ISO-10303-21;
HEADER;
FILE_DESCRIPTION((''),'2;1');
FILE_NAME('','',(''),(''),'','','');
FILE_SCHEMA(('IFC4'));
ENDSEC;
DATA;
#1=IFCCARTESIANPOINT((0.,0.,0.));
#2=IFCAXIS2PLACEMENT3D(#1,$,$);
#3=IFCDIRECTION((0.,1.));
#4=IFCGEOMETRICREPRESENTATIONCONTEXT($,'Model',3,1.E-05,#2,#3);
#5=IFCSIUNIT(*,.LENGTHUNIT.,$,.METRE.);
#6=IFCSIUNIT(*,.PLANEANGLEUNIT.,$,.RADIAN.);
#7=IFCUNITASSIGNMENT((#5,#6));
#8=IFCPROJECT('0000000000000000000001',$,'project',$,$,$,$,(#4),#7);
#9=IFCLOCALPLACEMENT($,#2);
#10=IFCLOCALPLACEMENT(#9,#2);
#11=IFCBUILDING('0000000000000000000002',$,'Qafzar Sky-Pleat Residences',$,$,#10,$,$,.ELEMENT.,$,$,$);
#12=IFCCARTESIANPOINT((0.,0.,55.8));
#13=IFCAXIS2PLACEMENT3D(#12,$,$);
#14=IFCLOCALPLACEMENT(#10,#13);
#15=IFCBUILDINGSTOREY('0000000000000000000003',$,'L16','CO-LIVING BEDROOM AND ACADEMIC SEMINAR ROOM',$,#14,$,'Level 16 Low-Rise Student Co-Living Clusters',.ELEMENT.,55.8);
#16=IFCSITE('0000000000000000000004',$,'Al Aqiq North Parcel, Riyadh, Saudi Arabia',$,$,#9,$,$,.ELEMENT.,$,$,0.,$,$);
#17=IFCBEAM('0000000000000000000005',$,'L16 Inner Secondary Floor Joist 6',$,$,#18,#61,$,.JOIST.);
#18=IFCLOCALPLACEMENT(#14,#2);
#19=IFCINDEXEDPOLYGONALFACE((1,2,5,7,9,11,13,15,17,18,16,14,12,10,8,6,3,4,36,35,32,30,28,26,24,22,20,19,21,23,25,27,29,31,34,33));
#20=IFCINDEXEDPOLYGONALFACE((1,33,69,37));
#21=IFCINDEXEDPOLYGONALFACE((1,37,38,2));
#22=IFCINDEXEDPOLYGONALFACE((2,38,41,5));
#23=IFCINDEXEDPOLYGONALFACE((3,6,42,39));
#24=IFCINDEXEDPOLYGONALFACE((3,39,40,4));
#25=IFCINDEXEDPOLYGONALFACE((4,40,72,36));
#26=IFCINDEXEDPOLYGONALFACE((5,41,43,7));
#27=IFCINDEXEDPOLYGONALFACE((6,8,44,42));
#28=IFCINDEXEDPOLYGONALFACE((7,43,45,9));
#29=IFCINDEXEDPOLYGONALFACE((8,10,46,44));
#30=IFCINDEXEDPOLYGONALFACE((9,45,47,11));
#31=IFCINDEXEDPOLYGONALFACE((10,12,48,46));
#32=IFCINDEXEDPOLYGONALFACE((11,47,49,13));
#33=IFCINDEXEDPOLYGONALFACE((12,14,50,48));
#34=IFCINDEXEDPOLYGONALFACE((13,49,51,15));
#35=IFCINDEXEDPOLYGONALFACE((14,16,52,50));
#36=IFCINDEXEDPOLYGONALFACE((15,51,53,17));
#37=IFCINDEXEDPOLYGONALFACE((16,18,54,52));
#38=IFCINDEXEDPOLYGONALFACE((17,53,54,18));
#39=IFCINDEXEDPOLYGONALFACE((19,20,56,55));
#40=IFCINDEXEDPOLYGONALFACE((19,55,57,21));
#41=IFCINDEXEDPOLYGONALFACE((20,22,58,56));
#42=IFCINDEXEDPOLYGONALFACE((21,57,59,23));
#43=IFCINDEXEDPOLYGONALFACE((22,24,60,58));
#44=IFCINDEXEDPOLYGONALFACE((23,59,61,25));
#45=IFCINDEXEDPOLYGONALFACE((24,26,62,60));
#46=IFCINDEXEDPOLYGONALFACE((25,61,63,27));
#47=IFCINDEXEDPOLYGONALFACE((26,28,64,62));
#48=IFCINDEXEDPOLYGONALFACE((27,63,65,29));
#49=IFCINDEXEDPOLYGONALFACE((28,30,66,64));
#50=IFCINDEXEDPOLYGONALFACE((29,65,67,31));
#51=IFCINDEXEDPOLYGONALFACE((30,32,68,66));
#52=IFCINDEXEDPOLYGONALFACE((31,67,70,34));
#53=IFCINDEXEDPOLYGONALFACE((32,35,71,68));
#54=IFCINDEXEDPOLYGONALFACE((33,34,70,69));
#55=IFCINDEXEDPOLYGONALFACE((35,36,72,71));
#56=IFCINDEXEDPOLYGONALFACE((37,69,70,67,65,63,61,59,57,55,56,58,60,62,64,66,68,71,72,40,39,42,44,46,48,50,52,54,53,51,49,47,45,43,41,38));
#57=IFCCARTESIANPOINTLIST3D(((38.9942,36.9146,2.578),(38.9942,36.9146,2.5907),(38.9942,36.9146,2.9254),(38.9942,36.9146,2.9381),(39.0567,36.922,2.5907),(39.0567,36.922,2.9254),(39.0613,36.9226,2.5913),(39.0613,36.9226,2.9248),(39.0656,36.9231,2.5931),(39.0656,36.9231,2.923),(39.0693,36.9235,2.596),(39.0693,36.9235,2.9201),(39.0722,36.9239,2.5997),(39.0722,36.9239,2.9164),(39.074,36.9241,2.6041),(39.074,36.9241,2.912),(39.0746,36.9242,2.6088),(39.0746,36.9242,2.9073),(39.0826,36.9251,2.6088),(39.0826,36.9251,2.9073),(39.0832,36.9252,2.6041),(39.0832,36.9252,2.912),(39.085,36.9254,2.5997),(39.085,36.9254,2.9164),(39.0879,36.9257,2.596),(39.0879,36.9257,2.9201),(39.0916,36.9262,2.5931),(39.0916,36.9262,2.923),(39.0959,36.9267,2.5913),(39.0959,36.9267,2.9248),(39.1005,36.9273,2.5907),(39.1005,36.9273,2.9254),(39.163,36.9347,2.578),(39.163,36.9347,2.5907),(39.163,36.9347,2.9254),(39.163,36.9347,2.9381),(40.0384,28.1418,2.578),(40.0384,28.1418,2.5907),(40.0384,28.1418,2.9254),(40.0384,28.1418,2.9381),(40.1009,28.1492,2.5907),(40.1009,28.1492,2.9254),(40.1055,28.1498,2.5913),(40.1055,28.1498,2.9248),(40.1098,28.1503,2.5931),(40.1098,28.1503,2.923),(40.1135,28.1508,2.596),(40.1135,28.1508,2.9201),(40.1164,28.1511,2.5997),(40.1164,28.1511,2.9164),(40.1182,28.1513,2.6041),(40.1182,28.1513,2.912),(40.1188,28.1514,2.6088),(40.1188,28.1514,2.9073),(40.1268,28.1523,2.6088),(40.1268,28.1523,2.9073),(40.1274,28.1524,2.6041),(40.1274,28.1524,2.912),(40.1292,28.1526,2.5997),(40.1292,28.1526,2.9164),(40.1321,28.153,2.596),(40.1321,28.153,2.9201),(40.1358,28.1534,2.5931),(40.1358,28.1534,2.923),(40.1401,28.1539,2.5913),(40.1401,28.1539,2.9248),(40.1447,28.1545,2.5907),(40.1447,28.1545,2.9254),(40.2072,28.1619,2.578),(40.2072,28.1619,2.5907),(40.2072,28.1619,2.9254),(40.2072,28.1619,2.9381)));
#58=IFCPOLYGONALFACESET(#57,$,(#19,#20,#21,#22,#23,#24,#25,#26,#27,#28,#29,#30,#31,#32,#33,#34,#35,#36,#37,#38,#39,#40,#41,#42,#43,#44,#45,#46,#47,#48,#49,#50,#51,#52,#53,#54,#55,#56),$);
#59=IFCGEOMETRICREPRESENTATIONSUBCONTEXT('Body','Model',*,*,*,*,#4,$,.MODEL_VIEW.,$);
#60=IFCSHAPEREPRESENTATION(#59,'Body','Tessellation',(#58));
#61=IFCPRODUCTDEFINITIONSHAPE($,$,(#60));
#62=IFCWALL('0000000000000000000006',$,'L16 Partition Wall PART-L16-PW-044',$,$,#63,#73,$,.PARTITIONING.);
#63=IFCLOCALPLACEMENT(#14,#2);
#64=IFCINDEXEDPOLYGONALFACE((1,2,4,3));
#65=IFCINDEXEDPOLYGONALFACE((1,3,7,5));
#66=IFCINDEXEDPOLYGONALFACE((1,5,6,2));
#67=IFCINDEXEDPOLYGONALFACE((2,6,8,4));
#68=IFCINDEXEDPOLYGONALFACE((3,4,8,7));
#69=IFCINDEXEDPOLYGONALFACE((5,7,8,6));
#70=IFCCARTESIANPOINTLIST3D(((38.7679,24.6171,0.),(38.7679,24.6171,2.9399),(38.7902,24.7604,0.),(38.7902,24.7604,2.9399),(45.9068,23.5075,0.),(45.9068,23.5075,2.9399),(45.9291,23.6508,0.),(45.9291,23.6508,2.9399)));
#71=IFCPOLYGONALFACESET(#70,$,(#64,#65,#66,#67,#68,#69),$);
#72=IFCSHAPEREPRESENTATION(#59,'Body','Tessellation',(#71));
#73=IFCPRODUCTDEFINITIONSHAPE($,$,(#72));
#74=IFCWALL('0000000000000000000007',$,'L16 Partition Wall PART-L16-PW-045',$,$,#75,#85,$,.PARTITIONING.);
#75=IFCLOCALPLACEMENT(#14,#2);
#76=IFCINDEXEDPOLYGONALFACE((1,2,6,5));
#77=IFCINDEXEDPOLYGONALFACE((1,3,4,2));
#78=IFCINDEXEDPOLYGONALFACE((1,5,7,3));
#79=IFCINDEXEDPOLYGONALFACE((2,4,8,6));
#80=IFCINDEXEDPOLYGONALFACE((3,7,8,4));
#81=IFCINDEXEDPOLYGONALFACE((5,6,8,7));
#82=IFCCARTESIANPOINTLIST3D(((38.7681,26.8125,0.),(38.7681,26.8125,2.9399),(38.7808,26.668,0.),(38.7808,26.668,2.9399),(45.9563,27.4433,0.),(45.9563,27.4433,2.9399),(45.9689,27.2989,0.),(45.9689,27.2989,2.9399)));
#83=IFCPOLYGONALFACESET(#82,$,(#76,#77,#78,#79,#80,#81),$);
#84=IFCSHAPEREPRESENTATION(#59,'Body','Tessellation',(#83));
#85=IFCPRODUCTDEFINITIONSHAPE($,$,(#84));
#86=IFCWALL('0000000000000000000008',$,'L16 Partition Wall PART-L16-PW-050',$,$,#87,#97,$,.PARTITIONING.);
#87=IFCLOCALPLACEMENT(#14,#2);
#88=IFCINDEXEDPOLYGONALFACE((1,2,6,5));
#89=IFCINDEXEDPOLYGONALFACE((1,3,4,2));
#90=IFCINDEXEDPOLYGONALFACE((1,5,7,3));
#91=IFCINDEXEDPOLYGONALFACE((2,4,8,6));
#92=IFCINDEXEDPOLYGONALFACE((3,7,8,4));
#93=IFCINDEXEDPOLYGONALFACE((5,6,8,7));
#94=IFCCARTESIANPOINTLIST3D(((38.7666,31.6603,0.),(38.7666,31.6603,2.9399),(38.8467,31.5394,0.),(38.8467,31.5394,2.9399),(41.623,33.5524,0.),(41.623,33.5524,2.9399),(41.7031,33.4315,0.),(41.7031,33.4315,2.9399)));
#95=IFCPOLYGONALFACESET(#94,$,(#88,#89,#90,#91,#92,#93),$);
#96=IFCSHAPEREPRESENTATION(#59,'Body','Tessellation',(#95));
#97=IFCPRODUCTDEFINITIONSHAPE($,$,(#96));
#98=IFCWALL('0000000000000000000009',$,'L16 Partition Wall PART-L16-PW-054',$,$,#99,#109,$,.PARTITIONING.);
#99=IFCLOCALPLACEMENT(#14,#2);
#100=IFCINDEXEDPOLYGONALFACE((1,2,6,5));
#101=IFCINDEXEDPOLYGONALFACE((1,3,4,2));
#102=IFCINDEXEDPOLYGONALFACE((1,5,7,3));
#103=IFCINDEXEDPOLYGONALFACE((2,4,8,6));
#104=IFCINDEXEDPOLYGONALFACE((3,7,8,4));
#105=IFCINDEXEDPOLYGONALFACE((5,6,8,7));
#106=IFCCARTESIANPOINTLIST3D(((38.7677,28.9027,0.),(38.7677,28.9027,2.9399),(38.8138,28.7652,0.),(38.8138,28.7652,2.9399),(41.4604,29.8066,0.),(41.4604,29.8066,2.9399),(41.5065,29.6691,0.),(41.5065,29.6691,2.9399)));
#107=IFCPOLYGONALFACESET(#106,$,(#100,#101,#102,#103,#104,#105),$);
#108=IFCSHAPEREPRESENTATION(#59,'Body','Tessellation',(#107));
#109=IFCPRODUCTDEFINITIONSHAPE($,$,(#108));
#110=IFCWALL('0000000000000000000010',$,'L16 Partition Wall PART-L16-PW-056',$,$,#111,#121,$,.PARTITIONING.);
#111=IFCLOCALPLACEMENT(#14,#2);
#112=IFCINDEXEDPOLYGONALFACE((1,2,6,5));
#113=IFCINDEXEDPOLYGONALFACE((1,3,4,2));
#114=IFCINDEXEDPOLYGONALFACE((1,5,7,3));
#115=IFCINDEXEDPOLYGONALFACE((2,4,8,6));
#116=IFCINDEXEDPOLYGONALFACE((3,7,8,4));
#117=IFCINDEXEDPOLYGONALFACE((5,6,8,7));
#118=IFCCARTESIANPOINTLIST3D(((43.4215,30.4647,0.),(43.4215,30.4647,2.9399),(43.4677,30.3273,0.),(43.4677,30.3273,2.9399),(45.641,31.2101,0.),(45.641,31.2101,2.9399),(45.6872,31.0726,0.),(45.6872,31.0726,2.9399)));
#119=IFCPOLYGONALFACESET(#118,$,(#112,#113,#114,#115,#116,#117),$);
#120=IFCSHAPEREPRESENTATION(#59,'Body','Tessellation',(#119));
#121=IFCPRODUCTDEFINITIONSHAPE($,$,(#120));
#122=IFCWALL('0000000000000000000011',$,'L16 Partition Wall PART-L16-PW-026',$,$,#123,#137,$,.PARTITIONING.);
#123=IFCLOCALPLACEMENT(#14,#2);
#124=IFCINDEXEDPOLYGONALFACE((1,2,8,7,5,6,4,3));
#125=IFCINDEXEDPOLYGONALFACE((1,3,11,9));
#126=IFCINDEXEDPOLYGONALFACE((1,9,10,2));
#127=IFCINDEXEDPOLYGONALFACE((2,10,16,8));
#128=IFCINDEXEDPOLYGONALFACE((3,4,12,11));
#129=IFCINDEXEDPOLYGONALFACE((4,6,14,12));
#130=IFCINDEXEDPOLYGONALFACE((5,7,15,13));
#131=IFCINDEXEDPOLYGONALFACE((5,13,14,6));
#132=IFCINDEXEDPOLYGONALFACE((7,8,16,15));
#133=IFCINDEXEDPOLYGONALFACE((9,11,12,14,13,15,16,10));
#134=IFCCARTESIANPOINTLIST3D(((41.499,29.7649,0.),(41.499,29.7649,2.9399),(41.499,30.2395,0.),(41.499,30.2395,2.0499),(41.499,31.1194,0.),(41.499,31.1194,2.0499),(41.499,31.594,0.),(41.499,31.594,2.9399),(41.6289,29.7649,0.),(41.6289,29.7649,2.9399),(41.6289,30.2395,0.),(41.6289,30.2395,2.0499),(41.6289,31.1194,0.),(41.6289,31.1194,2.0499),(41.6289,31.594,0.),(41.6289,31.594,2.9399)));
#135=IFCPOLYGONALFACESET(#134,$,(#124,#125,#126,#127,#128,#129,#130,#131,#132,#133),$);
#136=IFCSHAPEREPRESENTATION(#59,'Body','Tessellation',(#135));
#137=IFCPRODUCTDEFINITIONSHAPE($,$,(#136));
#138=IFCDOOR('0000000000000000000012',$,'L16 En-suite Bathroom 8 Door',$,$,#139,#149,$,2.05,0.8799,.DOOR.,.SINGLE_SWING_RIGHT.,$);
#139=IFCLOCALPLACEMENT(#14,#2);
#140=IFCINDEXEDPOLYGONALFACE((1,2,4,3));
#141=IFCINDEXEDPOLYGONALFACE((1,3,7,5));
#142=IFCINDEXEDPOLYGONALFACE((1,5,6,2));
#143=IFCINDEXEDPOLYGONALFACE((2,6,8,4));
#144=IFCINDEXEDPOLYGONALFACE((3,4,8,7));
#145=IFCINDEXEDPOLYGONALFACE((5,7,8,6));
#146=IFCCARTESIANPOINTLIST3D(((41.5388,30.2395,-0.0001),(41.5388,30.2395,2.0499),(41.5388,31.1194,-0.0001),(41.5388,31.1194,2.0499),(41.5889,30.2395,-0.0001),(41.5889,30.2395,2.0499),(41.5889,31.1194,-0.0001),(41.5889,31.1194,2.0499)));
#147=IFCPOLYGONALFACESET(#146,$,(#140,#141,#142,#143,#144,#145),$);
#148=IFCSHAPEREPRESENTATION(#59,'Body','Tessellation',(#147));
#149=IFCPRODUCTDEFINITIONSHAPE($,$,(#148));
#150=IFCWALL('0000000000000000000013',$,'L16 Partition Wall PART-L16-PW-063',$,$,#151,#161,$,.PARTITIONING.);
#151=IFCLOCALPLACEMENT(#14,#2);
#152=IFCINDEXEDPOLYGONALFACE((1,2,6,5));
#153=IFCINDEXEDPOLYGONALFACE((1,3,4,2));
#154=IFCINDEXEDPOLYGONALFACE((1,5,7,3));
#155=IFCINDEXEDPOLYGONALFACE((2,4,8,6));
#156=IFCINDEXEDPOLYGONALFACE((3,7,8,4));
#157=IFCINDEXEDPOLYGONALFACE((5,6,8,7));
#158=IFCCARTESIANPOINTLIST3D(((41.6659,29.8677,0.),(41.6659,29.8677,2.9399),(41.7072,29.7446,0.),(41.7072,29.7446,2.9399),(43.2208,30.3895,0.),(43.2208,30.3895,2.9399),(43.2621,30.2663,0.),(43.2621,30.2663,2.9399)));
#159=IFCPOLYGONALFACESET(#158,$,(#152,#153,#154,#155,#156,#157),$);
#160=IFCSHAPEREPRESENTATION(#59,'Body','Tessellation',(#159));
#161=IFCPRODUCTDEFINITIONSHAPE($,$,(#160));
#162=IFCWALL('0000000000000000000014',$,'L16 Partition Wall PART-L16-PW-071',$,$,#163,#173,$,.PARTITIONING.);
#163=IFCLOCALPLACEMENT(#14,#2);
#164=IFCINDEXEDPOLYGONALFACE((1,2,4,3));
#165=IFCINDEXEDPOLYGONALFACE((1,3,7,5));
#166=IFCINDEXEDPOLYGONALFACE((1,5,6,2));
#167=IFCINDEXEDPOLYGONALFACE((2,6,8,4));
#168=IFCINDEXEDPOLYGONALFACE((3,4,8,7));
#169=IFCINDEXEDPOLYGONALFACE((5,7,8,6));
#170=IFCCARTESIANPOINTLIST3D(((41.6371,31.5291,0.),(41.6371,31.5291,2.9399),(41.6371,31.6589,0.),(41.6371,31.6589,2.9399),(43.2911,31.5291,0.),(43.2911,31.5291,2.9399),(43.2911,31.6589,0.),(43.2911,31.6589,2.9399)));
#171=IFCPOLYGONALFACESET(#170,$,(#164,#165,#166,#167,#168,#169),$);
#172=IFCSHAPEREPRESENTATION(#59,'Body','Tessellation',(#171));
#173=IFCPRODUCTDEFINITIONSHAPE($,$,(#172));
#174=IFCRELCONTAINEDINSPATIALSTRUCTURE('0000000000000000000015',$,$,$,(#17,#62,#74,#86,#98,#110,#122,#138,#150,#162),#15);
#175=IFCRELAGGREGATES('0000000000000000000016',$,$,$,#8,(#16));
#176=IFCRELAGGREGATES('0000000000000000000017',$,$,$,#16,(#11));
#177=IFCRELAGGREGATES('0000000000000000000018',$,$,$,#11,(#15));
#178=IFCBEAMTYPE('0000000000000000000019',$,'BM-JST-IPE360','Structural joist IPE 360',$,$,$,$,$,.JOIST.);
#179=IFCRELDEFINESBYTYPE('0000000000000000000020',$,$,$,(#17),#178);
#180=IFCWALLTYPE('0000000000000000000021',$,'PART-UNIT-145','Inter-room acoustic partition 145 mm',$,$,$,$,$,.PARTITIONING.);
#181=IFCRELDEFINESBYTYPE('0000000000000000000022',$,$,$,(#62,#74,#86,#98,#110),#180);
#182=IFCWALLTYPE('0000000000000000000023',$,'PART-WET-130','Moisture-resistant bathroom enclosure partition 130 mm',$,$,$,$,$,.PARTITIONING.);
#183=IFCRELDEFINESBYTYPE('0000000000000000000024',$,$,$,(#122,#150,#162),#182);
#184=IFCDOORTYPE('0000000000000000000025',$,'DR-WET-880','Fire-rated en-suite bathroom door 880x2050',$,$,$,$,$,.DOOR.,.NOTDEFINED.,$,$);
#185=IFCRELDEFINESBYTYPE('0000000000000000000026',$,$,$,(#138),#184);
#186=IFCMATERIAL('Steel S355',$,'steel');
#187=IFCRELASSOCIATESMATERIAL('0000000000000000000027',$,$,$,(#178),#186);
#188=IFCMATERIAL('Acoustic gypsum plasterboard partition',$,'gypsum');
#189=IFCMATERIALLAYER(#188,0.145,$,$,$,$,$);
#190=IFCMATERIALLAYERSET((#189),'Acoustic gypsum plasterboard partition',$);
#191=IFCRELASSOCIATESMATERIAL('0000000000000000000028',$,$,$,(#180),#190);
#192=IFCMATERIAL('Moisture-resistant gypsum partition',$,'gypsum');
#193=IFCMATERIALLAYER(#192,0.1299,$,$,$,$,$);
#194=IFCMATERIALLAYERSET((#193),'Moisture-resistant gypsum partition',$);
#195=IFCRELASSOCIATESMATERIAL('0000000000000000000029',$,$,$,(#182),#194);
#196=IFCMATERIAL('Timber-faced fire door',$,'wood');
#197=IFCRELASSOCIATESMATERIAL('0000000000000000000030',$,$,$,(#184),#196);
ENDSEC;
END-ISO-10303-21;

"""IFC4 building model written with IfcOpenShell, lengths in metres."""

from ifc_helpers import new_model, si_unit, direction, frame, frame_2d, origin, origin_2d, place, context, subcontext, project, spatial, rectangle, i_section, extrude, source, transform, mapped, material, layer, layer_set, material_profile, profile_set, type_object, element, fill, save


model = new_model("IFC4")

# Units and contexts
model_context = context("Model", 3, precision=1e-05, world=origin(), true_north=direction((0.0, 1.0)))
body_context = subcontext(model_context, "Body", "Model", "MODEL_VIEW")
ifc_project = project(units=[si_unit("LENGTHUNIT", "METRE"), si_unit("PLANEANGLEUNIT", "RADIAN")], contexts=[model_context])

# Site, building, storey
site_placement = place(None, origin())
site = spatial("IfcSite", under=ifc_project, at=site_placement, Name="Al Aqiq North Parcel, Riyadh, Saudi Arabia", CompositionType="ELEMENT", RefElevation=0.0)
building_placement = place(site_placement, origin())
building = spatial("IfcBuilding", under=site, at=building_placement, Name="Qafzar Sky-Pleat Residences", CompositionType="ELEMENT")
storey_placement = place(building_placement, frame((0.0, 0.0, 55.8)))
storey = spatial("IfcBuildingStorey", under=building, at=storey_placement, Name="L16", Description="CO-LIVING BEDROOM AND ACADEMIC SEMINAR ROOM", LongName="Level 16 Low-Rise Student Co-Living Clusters", CompositionType="ELEMENT", Elevation=55.8)

# Beam
ifc_material_1 = material(Name="Steel S355", Category="steel")
ifc_material_profile_1 = material_profile(ifc_material_1, i_section(OverallWidth=0.1699, OverallDepth=0.3601, WebThickness=0.0081, FlangeThickness=0.0127, FilletRadius=0.0181, at=origin_2d()), Name="IPE 360")
ifc_profile_set_1 = profile_set([ifc_material_profile_1], Name="Steel S355")
beam_type_1 = type_object("IfcBeamType", Name="BM-JST-IPE360", Description="Structural joist IPE 360", PredefinedType="JOIST", material=ifc_profile_set_1)
shared_shape_1 = source(origin(), body_context, "Body", "SweptSolid", [
    extrude(i_section(OverallWidth=0.1699, OverallDepth=0.3601, WebThickness=0.0081, FlangeThickness=0.0127, FilletRadius=0.0181, at=origin_2d()), origin(), (0.0, 0.0, 1.0), 8.8347),
])
beam_1_placement = place(storey_placement, frame((40.1228, 28.1519, 2.7581), z_axis=(-0.118193, 0.992991, 0.0), x_axis=(-0.992991, -0.118193, 0.0)))
element("IfcBeam", 1, at=beam_1_placement, inside=storey, type_object=beam_type_1, Name="L16 Inner Secondary Floor Joist 6", PredefinedType="JOIST", context=body_context, shape_type="MappedRepresentation", body=[
    mapped(shared_shape_1, transform((0.0, 0.0, 0.0), x_axis=(1.0, 0.0, 0.0), y_axis=(0.0, 1.0, 0.0), z_axis=(0.0, 0.0, 1.0), scale=1.0)),
])

# Walls
ifc_material_2 = material(Name="Acoustic gypsum plasterboard partition", Category="gypsum")
ifc_layer_1 = layer(ifc_material_2, 0.145)
ifc_layer_set_1 = layer_set([ifc_layer_1], Name="Acoustic gypsum plasterboard partition")
wall_type_1 = type_object("IfcWallType", Name="PART-UNIT-145", Description="Inter-room acoustic partition 145 mm", PredefinedType="PARTITIONING", material=ifc_layer_set_1)
wall_1_placement = place(storey_placement, frame((38.7791, 24.6887, 0.0), z_axis=(0.0, 0.0, 1.0), x_axis=(0.988135, -0.153588, 0.0)))
element("IfcWall", 2, at=wall_1_placement, inside=storey, type_object=wall_type_1, Name="L16 Partition Wall PART-L16-PW-044", PredefinedType="PARTITIONING", context=body_context, shape_type="SweptSolid", body=[
    extrude(rectangle(XDim=7.2246, YDim=0.145, at=frame_2d((3.6123, 0.0))), origin(), (0.0, 0.0, 1.0), 2.9399),
])
wall_2_placement = place(storey_placement, frame((38.7744, 26.7402, 0.0), z_axis=(0.0, 0.0, 1.0), x_axis=(0.996171, 0.087427, 0.0)))
element("IfcWall", 3, at=wall_2_placement, inside=storey, type_object=wall_type_1, Name="L16 Partition Wall PART-L16-PW-045", PredefinedType="PARTITIONING", context=body_context, shape_type="SweptSolid", body=[
    extrude(rectangle(XDim=7.2158, YDim=0.145, at=frame_2d((3.6079, 0.0))), origin(), (0.0, 0.0, 1.0), 2.9399),
])
wall_3_placement = place(storey_placement, frame((38.8066, 31.5999, 0.0), z_axis=(0.0, 0.0, 1.0), x_axis=(0.833691, 0.552231, 0.0)))
element("IfcWall", 4, at=wall_3_placement, inside=storey, type_object=wall_type_1, Name="L16 Partition Wall PART-L16-PW-050", PredefinedType="PARTITIONING", context=body_context, shape_type="SweptSolid", body=[
    extrude(rectangle(XDim=3.4263, YDim=0.145, at=frame_2d((1.7131, 0.0))), origin(), (0.0, 0.0, 1.0), 2.9399),
])
wall_4_placement = place(storey_placement, frame((38.7908, 28.834, 0.0), z_axis=(0.0, 0.0, 1.0), x_axis=(0.948019, 0.318213, 0.0)))
element("IfcWall", 5, at=wall_4_placement, inside=storey, type_object=wall_type_1, Name="L16 Partition Wall PART-L16-PW-054", PredefinedType="PARTITIONING", context=body_context, shape_type="SweptSolid", body=[
    extrude(rectangle(XDim=2.8403, YDim=0.145, at=frame_2d((1.4202, 0.0))), origin(), (0.0, 0.0, 1.0), 2.9399),
])
wall_5_placement = place(storey_placement, frame((43.4446, 30.396, 0.0), z_axis=(0.0, 0.0, 1.0), x_axis=(0.947972, 0.318354, 0.0)))
element("IfcWall", 6, at=wall_5_placement, inside=storey, type_object=wall_type_1, Name="L16 Partition Wall PART-L16-PW-056", PredefinedType="PARTITIONING", context=body_context, shape_type="SweptSolid", body=[
    extrude(rectangle(XDim=2.3413, YDim=0.145, at=frame_2d((1.1707, 0.0))), origin(), (0.0, 0.0, 1.0), 2.9399),
])

# Wall, opening, door
ifc_material_3 = material(Name="Moisture-resistant gypsum partition", Category="gypsum")
ifc_layer_2 = layer(ifc_material_3, 0.1299)
ifc_layer_set_2 = layer_set([ifc_layer_2], Name="Moisture-resistant gypsum partition")
wall_type_2 = type_object("IfcWallType", Name="PART-WET-130", Description="Moisture-resistant bathroom enclosure partition 130 mm", PredefinedType="PARTITIONING", material=ifc_layer_set_2)
wall_6_placement = place(storey_placement, frame((41.564, 31.594, 0.0), z_axis=(0.0, 0.0, 1.0), x_axis=(0.0, -1.0, 0.0)))
wall_6 = element("IfcWall", 7, at=wall_6_placement, inside=storey, type_object=wall_type_2, Name="L16 Partition Wall PART-L16-PW-026", PredefinedType="PARTITIONING", context=body_context, shape_type="SweptSolid", body=[
    extrude(rectangle(XDim=1.8291, YDim=0.1299, at=frame_2d((0.9146, 0.0))), origin(), (0.0, 0.0, 1.0), 2.9399),
])
opening_1_placement = place(wall_6_placement, frame((0.4746, 0.0, 0.0)))
opening_1 = element("IfcOpeningElement", 8, at=opening_1_placement, cuts=wall_6, PredefinedType="OPENING", context=body_context, shape_type="SweptSolid", body=[
    extrude(rectangle(XDim=0.8799, YDim=2.05, at=frame_2d((0.4399, 1.0249))), frame((0.0, 0.075, 0.0), z_axis=(0.0, -1.0, 0.0), x_axis=(1.0, 0.0, 0.0)), (0.0, 0.0, 1.0), 0.1499),
])
ifc_material_4 = material(Name="Timber-faced fire door", Category="wood")
door_type = type_object("IfcDoorType", Name="DR-WET-880", Description="Fire-rated en-suite bathroom door 880x2050", OperationType="NOTDEFINED", PredefinedType="DOOR", material=ifc_material_4)
shared_shape_2 = source(origin(), body_context, "Body", "SweptSolid", [
    extrude(rectangle(XDim=0.8799, YDim=2.05, at=frame_2d((0.4399, 1.0249))), frame((0.0, 0.0249, 0.0), z_axis=(0.0, -1.0, 0.0), x_axis=(1.0, 0.0, 0.0)), (0.0, 0.0, 1.0), 0.05),
])
door_placement = place(opening_1_placement, origin())
door = element("IfcDoor", 9, at=door_placement, inside=storey, type_object=door_type, Name="L16 En-suite Bathroom 8 Door", OperationType="SINGLE_SWING_RIGHT", OverallHeight=2.05, OverallWidth=0.8799, PredefinedType="DOOR", context=body_context, shape_type="MappedRepresentation", body=[
    mapped(shared_shape_2, transform((0.0, 0.0, 0.0), x_axis=(1.0, 0.0, 0.0), y_axis=(0.0, 1.0, 0.0), z_axis=(0.0, 0.0, 1.0), scale=1.0)),
])
fill(opening_1, door)

# Walls
wall_7_placement = place(storey_placement, frame((41.6865, 29.8062, 0.0), z_axis=(0.0, 0.0, 1.0), x_axis=(0.948056, 0.318103, 0.0)))
element("IfcWall", 10, at=wall_7_placement, inside=storey, type_object=wall_type_2, Name="L16 Partition Wall PART-L16-PW-063", PredefinedType="PARTITIONING", context=body_context, shape_type="SweptSolid", body=[
    extrude(rectangle(XDim=1.6401, YDim=0.1299, at=frame_2d((0.8201, 0.0))), origin(), (0.0, 0.0, 1.0), 2.9399),
])
wall_8_placement = place(storey_placement, frame((41.637, 31.594, 0.0), z_axis=(0.0, 0.0, 1.0), x_axis=(1.0, 0.0, 0.0)))
element("IfcWall", 11, at=wall_8_placement, inside=storey, type_object=wall_type_2, Name="L16 Partition Wall PART-L16-PW-071", PredefinedType="PARTITIONING", context=body_context, shape_type="SweptSolid", body=[
    extrude(rectangle(XDim=1.6541, YDim=0.1299, at=frame_2d((0.8271, 0.0))), origin(), (0.0, 0.0, 1.0), 2.9399),
])

save(model, "model.ifc")
